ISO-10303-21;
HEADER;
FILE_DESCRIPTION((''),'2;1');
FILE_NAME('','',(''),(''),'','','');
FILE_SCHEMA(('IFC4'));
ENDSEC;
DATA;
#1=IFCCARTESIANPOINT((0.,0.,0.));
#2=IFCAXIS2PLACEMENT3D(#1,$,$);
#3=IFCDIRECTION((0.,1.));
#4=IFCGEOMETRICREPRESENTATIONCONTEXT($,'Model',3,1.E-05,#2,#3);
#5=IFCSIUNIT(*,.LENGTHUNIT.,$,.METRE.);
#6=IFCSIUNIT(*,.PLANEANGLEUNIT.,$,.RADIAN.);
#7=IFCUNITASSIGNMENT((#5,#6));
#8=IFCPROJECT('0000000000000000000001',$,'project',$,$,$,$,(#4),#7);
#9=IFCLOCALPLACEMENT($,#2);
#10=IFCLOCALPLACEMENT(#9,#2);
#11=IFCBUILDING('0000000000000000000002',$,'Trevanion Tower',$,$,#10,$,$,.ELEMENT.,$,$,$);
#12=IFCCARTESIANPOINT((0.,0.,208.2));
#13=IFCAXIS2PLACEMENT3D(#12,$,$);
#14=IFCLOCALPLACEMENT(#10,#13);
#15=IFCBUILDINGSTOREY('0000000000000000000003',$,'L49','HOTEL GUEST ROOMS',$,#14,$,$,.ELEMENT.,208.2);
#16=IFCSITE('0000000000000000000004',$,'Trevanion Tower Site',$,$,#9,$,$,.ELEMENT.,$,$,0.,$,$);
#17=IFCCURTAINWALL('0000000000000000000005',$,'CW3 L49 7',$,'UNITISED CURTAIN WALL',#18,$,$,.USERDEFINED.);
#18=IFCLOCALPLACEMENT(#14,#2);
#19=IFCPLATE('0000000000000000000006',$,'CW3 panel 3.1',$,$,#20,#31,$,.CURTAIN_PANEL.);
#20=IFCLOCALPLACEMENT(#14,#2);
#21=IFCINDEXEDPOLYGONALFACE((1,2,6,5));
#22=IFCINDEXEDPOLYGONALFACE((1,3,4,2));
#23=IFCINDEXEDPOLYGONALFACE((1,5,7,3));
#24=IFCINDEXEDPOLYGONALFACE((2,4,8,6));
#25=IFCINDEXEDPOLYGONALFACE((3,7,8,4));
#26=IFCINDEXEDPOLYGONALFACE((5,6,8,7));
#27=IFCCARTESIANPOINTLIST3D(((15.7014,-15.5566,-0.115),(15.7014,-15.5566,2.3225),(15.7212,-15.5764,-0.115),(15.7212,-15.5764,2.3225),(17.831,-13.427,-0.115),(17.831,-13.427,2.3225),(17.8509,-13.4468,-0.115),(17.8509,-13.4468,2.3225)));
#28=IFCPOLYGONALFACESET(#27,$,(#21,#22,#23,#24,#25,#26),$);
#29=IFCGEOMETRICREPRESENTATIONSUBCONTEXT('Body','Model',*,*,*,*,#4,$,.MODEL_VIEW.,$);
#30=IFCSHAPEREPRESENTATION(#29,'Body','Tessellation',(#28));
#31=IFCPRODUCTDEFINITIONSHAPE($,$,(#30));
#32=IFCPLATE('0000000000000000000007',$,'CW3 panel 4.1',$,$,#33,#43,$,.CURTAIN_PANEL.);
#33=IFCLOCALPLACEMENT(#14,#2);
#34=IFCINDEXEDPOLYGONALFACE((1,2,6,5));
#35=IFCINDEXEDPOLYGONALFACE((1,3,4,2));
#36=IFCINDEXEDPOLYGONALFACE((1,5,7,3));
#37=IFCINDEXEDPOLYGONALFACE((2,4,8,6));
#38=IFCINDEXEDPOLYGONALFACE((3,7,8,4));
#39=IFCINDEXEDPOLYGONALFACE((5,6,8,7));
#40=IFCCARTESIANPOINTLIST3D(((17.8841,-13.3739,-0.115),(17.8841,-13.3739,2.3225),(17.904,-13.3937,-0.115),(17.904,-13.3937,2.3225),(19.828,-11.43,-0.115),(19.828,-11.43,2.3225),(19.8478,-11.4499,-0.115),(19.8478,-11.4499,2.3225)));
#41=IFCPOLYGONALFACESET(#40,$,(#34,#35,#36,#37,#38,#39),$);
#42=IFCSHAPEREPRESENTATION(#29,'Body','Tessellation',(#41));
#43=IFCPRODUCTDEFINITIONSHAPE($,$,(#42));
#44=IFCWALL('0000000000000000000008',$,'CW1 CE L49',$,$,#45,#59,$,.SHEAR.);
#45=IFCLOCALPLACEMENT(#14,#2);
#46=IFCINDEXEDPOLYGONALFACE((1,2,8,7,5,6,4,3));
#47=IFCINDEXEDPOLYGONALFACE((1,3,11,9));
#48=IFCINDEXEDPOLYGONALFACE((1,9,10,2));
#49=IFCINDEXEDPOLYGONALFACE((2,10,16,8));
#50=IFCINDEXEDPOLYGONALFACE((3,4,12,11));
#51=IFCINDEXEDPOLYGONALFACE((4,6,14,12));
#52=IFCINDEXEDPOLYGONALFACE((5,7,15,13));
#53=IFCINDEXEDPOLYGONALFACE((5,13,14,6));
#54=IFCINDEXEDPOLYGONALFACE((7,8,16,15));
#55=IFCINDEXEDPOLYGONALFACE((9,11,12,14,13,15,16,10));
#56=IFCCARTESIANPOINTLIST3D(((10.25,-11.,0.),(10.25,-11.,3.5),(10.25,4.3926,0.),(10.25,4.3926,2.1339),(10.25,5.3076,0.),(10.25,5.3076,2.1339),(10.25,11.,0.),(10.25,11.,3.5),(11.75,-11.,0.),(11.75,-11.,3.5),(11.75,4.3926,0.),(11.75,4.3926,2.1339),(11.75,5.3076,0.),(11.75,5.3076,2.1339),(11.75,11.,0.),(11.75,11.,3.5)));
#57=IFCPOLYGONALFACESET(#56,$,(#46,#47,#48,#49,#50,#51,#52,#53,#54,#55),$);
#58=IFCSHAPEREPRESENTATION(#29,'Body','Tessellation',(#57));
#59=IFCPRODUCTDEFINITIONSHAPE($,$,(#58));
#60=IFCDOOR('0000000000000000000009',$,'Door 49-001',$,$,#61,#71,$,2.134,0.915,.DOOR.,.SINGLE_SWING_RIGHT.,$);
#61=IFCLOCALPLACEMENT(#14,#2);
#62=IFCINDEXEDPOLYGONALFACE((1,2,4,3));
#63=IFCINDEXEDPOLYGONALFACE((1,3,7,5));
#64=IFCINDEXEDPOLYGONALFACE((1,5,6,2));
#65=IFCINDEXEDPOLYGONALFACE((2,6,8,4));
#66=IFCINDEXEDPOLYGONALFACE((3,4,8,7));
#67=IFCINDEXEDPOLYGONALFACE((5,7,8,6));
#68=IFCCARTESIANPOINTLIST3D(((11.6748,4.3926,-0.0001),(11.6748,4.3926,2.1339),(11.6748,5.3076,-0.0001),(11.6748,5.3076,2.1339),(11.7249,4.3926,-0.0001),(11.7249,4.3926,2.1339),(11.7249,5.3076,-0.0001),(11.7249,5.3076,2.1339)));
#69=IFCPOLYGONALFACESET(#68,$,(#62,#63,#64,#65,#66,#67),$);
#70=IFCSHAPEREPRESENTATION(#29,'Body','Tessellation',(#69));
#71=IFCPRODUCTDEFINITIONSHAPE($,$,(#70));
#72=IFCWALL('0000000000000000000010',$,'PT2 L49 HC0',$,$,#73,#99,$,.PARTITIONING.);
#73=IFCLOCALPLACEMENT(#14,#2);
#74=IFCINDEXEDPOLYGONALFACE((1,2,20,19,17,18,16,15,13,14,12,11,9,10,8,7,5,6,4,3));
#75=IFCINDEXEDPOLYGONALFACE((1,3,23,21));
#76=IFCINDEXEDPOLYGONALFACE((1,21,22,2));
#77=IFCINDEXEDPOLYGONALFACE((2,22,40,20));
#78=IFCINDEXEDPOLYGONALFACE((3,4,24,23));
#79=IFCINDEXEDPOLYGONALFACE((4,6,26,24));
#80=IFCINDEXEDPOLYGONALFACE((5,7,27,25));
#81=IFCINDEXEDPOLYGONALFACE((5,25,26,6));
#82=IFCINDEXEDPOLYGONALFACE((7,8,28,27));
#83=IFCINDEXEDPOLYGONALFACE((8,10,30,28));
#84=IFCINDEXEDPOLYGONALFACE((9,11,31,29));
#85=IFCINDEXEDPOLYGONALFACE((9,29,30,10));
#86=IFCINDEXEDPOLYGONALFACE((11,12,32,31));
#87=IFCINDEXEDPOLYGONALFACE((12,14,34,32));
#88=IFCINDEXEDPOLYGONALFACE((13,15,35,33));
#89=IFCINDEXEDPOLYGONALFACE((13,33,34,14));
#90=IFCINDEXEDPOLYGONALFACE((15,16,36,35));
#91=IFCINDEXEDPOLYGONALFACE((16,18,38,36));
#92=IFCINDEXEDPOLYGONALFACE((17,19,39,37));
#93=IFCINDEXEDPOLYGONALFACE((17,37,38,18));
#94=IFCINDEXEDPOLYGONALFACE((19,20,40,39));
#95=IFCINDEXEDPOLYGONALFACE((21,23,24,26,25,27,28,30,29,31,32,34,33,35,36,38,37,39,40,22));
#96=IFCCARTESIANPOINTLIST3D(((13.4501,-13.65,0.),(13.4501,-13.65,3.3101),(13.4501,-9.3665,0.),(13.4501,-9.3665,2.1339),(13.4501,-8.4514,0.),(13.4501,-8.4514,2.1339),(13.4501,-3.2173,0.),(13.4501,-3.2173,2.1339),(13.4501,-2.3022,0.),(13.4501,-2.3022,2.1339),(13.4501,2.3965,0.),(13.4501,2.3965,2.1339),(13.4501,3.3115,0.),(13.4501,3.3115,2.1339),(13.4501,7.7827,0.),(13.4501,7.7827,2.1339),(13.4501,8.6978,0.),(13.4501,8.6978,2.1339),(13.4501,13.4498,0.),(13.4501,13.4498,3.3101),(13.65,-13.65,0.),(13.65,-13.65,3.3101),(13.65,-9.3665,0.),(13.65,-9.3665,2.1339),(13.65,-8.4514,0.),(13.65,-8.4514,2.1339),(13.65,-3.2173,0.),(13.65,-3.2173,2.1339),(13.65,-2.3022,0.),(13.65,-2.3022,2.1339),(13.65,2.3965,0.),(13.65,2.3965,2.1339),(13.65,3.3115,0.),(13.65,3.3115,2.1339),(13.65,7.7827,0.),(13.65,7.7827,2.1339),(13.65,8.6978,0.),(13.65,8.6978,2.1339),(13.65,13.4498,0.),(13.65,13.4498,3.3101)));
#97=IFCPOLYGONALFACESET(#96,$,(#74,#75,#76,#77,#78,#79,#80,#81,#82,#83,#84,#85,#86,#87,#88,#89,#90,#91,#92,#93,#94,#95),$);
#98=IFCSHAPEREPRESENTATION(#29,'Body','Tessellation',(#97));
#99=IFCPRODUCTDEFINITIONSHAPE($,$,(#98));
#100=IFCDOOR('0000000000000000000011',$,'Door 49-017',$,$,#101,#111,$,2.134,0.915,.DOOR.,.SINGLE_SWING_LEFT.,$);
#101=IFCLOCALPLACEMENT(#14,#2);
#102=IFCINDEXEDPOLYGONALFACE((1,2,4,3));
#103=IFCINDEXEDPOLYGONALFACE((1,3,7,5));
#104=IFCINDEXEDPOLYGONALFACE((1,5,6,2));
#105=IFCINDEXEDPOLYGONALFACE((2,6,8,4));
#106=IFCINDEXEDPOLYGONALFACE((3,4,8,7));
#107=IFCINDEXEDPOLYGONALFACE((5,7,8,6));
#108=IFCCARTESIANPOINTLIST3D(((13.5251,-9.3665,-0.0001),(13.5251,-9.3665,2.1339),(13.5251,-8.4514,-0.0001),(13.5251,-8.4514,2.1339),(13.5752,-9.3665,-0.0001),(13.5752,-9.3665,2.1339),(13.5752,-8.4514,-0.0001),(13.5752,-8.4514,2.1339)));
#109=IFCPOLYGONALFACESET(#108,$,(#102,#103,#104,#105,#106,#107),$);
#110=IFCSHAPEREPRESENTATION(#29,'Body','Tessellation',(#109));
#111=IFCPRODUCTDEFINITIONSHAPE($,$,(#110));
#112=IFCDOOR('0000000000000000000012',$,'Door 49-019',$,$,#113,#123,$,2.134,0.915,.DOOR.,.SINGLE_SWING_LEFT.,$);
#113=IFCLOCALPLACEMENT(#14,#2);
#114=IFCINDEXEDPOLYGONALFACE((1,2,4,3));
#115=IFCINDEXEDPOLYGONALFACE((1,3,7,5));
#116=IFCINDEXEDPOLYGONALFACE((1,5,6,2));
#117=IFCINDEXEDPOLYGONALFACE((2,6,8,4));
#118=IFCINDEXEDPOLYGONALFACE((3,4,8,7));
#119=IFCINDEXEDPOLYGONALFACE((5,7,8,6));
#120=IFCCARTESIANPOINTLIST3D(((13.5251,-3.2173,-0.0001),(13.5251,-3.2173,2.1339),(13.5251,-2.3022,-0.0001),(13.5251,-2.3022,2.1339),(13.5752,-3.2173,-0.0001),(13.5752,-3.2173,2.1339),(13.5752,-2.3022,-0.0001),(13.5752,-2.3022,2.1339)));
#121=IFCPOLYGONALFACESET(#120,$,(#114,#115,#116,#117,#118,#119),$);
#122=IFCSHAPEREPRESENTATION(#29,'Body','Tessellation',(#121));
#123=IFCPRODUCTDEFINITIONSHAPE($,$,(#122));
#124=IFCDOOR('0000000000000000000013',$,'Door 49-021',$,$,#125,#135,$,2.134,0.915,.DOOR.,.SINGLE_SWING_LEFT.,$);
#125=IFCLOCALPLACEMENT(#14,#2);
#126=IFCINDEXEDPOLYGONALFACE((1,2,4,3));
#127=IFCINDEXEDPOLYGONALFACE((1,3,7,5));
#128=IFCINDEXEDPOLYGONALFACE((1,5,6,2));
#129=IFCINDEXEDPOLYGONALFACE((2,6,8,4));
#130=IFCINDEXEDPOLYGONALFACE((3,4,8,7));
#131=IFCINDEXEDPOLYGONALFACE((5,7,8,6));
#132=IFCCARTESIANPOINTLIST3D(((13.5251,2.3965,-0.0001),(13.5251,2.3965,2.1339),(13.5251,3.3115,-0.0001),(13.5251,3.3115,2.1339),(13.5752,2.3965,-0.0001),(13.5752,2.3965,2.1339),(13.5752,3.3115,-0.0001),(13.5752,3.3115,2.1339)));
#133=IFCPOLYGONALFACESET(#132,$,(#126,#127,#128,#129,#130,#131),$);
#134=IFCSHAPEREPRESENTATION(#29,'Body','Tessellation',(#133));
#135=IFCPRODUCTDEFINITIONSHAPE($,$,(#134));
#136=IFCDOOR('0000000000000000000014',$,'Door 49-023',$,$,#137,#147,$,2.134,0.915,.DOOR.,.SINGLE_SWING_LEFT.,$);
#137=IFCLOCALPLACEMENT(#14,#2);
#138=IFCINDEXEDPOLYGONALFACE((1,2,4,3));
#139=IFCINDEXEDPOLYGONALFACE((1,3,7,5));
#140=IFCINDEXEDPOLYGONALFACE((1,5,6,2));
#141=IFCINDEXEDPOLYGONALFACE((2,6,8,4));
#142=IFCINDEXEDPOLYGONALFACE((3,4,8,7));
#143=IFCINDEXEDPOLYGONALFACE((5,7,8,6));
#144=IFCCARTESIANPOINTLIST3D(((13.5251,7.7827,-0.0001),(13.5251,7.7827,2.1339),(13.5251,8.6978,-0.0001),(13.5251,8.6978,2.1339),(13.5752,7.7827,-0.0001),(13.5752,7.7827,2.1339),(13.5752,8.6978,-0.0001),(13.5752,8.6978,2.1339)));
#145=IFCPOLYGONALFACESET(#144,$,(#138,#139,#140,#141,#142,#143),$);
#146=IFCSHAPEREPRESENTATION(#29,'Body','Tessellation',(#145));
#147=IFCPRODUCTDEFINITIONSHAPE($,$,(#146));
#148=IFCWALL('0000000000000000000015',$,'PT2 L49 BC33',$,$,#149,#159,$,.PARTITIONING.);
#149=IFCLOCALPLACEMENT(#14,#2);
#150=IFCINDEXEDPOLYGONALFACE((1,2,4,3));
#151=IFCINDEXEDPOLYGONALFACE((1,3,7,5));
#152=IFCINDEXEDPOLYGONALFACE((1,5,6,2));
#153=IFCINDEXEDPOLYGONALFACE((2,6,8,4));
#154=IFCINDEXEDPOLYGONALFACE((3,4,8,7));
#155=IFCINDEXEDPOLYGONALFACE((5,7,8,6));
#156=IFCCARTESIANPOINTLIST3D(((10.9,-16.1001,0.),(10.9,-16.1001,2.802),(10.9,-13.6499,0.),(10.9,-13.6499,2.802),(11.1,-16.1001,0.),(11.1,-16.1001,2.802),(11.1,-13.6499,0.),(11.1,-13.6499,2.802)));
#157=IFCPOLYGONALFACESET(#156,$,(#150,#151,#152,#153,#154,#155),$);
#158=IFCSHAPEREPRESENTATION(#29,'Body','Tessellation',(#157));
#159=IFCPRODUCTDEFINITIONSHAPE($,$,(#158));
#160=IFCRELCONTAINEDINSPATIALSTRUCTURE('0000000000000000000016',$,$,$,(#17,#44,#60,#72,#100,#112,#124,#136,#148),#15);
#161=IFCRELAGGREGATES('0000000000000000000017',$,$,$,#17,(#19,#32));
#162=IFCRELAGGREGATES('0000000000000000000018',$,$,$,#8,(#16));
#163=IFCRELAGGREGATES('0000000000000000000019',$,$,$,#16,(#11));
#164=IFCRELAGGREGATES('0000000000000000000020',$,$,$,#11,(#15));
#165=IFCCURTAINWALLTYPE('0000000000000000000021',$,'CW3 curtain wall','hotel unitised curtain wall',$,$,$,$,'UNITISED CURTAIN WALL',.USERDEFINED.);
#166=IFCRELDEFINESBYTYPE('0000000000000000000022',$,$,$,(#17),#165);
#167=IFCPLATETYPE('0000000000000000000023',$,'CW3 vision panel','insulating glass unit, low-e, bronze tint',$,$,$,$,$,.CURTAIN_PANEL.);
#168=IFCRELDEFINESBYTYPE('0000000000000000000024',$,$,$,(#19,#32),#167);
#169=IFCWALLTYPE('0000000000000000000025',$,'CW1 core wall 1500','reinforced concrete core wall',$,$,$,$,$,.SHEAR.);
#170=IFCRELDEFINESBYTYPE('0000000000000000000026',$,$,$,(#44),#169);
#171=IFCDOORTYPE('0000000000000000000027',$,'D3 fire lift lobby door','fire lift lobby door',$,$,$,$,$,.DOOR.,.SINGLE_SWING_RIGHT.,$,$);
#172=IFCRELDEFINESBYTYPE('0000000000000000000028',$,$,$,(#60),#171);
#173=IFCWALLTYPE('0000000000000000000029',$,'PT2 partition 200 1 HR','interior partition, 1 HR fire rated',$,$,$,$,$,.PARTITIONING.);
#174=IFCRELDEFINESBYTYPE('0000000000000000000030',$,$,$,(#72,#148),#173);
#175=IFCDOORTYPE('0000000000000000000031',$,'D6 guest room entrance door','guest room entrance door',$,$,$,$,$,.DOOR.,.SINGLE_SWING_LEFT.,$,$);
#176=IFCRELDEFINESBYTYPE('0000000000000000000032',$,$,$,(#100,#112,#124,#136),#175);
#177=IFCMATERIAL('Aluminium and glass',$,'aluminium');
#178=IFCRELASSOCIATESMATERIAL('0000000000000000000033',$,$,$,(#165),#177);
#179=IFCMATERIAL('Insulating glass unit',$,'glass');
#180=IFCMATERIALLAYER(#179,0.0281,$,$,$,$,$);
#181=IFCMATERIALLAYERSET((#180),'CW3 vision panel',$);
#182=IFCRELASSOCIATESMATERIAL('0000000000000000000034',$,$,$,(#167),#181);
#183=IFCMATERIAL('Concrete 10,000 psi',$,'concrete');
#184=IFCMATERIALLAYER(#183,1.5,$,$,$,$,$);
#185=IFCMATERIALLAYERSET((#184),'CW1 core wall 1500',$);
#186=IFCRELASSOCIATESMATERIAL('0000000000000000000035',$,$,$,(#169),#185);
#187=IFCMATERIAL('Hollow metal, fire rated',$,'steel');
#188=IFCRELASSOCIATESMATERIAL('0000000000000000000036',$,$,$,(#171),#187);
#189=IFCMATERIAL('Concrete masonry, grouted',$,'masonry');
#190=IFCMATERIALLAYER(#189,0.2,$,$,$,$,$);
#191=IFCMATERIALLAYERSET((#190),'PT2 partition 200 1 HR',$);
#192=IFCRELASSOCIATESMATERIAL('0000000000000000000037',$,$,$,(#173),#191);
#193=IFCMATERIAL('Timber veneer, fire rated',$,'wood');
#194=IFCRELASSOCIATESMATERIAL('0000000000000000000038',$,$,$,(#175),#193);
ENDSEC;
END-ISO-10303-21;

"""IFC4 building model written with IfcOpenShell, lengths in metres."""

from ifc_helpers import new_model, si_unit, direction, frame, frame_2d, origin, origin_2d, place, context, subcontext, project, spatial, rectangle, extrude, material, layer, layer_set, type_object, element, fill, aggregate, save


model = new_model("IFC4")

# Units and contexts
model_context = context("Model", 3, precision=1e-05, world=origin(), true_north=direction((0.0, 1.0)))
body_context = subcontext(model_context, "Body", "Model", "MODEL_VIEW")
ifc_project = project(units=[si_unit("LENGTHUNIT", "METRE"), si_unit("PLANEANGLEUNIT", "RADIAN")], contexts=[model_context])

# Site, building, storey
site_placement = place(None, origin())
site = spatial("IfcSite", under=ifc_project, at=site_placement, Name="Trevanion Tower Site", CompositionType="ELEMENT", RefElevation=0.0)
building_placement = place(site_placement, origin())
building = spatial("IfcBuilding", under=site, at=building_placement, Name="Trevanion Tower", CompositionType="ELEMENT")
storey_placement = place(building_placement, frame((0.0, 0.0, 208.2)))
storey = spatial("IfcBuildingStorey", under=building, at=storey_placement, Name="L49", Description="HOTEL GUEST ROOMS", CompositionType="ELEMENT", Elevation=208.2)

# Curtain wall
ifc_material_1 = material(Name="Aluminium and glass", Category="aluminium")
curtain_wall_type = type_object("IfcCurtainWallType", Name="CW3 curtain wall", Description="hotel unitised curtain wall", ElementType="UNITISED CURTAIN WALL", PredefinedType="USERDEFINED", material=ifc_material_1)
curtain_wall_placement = place(storey_placement, origin())
curtain_wall = element("IfcCurtainWall", 1, at=curtain_wall_placement, inside=storey, type_object=curtain_wall_type, Name="CW3 L49 7", ObjectType="UNITISED CURTAIN WALL", PredefinedType="USERDEFINED")

# Plates
ifc_material_2 = material(Name="Insulating glass unit", Category="glass")
ifc_layer_1 = layer(ifc_material_2, 0.0281)
ifc_layer_set_1 = layer_set([ifc_layer_1], Name="CW3 vision panel")
plate_type_1 = type_object("IfcPlateType", Name="CW3 vision panel", Description="insulating glass unit, low-e, bronze tint", PredefinedType="CURTAIN_PANEL", material=ifc_layer_set_1)
plate_1_placement = place(storey_placement, frame((16.7761, -14.5017, -0.115), z_axis=(0.0, 0.0, 1.0), x_axis=(0.707107, 0.707107, 0.0)))
plate_1 = element("IfcPlate", 2, at=plate_1_placement, type_object=plate_type_1, Name="CW3 panel 3.1", PredefinedType="CURTAIN_PANEL", context=body_context, shape_type="SweptSolid", body=[
    extrude(rectangle(XDim=3.0117, YDim=0.0281, at=origin_2d()), origin(), (0.0, 0.0, 1.0), 2.4375),
])
plate_2_placement = place(storey_placement, frame((18.866, -12.4119, -0.115), z_axis=(0.0, 0.0, 1.0), x_axis=(0.707107, 0.707107, 0.0)))
plate_2 = element("IfcPlate", 3, at=plate_2_placement, type_object=plate_type_1, Name="CW3 panel 4.1", PredefinedType="CURTAIN_PANEL", context=body_context, shape_type="SweptSolid", body=[
    extrude(rectangle(XDim=2.749, YDim=0.0281, at=origin_2d()), origin(), (0.0, 0.0, 1.0), 2.4375),
])
aggregate(curtain_wall, [plate_1, plate_2])

# Wall, opening, door
ifc_material_3 = material(Name="Concrete 10,000 psi", Category="concrete")
ifc_layer_2 = layer(ifc_material_3, 1.5)
ifc_layer_set_2 = layer_set([ifc_layer_2], Name="CW1 core wall 1500")
wall_type_1 = type_object("IfcWallType", Name="CW1 core wall 1500", Description="reinforced concrete core wall", PredefinedType="SHEAR", material=ifc_layer_set_2)
wall_1_placement = place(storey_placement, frame((11.0, -11.0, 0.0), z_axis=(0.0, 0.0, 1.0), x_axis=(0.0, 1.0, 0.0)))
wall_1 = element("IfcWall", 4, at=wall_1_placement, inside=storey, type_object=wall_type_1, Name="CW1 CE L49", PredefinedType="SHEAR", context=body_context, shape_type="SweptSolid", body=[
    extrude(rectangle(XDim=22.0, YDim=1.5, at=frame_2d((11.0, 0.0))), origin(), (0.0, 0.0, 1.0), 3.5),
])
opening_1_placement = place(wall_1_placement, frame((15.3926, 0.0, 0.0)))
opening_1 = element("IfcOpeningElement", 5, at=opening_1_placement, cuts=wall_1, PredefinedType="OPENING", context=body_context, shape_type="SweptSolid", body=[
    extrude(rectangle(XDim=0.915, YDim=2.134, at=frame_2d((0.4575, 1.0669))), frame((0.0, 0.76, 0.0), z_axis=(0.0, -1.0, 0.0), x_axis=(1.0, 0.0, 0.0)), (0.0, 0.0, 1.0), 1.52),
])
ifc_material_4 = material(Name="Hollow metal, fire rated", Category="steel")
door_type_1 = type_object("IfcDoorType", Name="D3 fire lift lobby door", Description="fire lift lobby door", OperationType="SINGLE_SWING_RIGHT", PredefinedType="DOOR", material=ifc_material_4)
door_1_placement = place(opening_1_placement, origin())
door_1 = element("IfcDoor", 6, at=door_1_placement, inside=storey, type_object=door_type_1, Name="Door 49-001", OperationType="SINGLE_SWING_RIGHT", OverallHeight=2.134, OverallWidth=0.915, PredefinedType="DOOR", context=body_context, shape_type="SweptSolid", body=[
    extrude(rectangle(XDim=0.915, YDim=2.134, at=frame_2d((0.4575, 1.0669))), frame((0.0, -0.6748, 0.0), z_axis=(0.0, -1.0, 0.0), x_axis=(1.0, 0.0, 0.0)), (0.0, 0.0, 1.0), 0.05),
])
fill(opening_1, door_1)

# Wall, openings, doors
ifc_material_5 = material(Name="Concrete masonry, grouted", Category="masonry")
ifc_layer_3 = layer(ifc_material_5, 0.2)
ifc_layer_set_3 = layer_set([ifc_layer_3], Name="PT2 partition 200 1 HR")
wall_type_2 = type_object("IfcWallType", Name="PT2 partition 200 1 HR", Description="interior partition, 1 HR fire rated", PredefinedType="PARTITIONING", material=ifc_layer_set_3)
wall_2_placement = place(storey_placement, frame((13.55, -13.6499, 0.0), z_axis=(0.0, 0.0, 1.0), x_axis=(0.0, 1.0, 0.0)))
wall_2 = element("IfcWall", 7, at=wall_2_placement, inside=storey, type_object=wall_type_2, Name="PT2 L49 HC0", PredefinedType="PARTITIONING", context=body_context, shape_type="SweptSolid", body=[
    extrude(rectangle(XDim=27.0999, YDim=0.2, at=frame_2d((13.5498, 0.0))), origin(), (0.0, 0.0, 1.0), 3.3101),
])
opening_2_placement = place(wall_2_placement, frame((4.2834, 0.0, 0.0)))
opening_2 = element("IfcOpeningElement", 8, at=opening_2_placement, cuts=wall_2, PredefinedType="OPENING", context=body_context, shape_type="SweptSolid", body=[
    extrude(rectangle(XDim=0.915, YDim=2.134, at=frame_2d((0.4575, 1.0669))), frame((0.0, 0.1099, 0.0), z_axis=(0.0, -1.0, 0.0), x_axis=(1.0, 0.0, 0.0)), (0.0, 0.0, 1.0), 0.22),
])
opening_3_placement = place(wall_2_placement, frame((10.4326, 0.0, 0.0)))
opening_3 = element("IfcOpeningElement", 9, at=opening_3_placement, cuts=wall_2, PredefinedType="OPENING", context=body_context, shape_type="SweptSolid", body=[
    extrude(rectangle(XDim=0.915, YDim=2.134, at=frame_2d((0.4575, 1.0669))), frame((0.0, 0.1099, 0.0), z_axis=(0.0, -1.0, 0.0), x_axis=(1.0, 0.0, 0.0)), (0.0, 0.0, 1.0), 0.22),
])
opening_4_placement = place(wall_2_placement, frame((16.0464, 0.0, 0.0)))
opening_4 = element("IfcOpeningElement", 10, at=opening_4_placement, cuts=wall_2, PredefinedType="OPENING", context=body_context, shape_type="SweptSolid", body=[
    extrude(rectangle(XDim=0.915, YDim=2.134, at=frame_2d((0.4575, 1.0669))), frame((0.0, 0.1099, 0.0), z_axis=(0.0, -1.0, 0.0), x_axis=(1.0, 0.0, 0.0)), (0.0, 0.0, 1.0), 0.22),
])
opening_5_placement = place(wall_2_placement, frame((21.4326, 0.0, 0.0)))
opening_5 = element("IfcOpeningElement", 11, at=opening_5_placement, cuts=wall_2, PredefinedType="OPENING", context=body_context, shape_type="SweptSolid", body=[
    extrude(rectangle(XDim=0.915, YDim=2.134, at=frame_2d((0.4575, 1.0669))), frame((0.0, 0.1099, 0.0), z_axis=(0.0, -1.0, 0.0), x_axis=(1.0, 0.0, 0.0)), (0.0, 0.0, 1.0), 0.22),
])
ifc_material_6 = material(Name="Timber veneer, fire rated", Category="wood")
door_type_2 = type_object("IfcDoorType", Name="D6 guest room entrance door", Description="guest room entrance door", OperationType="SINGLE_SWING_LEFT", PredefinedType="DOOR", material=ifc_material_6)
door_2_placement = place(opening_2_placement, origin())
door_2 = element("IfcDoor", 12, at=door_2_placement, inside=storey, type_object=door_type_2, Name="Door 49-017", OperationType="SINGLE_SWING_LEFT", OverallHeight=2.134, OverallWidth=0.915, PredefinedType="DOOR", context=body_context, shape_type="SweptSolid", body=[
    extrude(rectangle(XDim=0.915, YDim=2.134, at=frame_2d((0.4575, 1.0669))), frame((0.0, 0.0249, 0.0), z_axis=(0.0, -1.0, 0.0), x_axis=(1.0, 0.0, 0.0)), (0.0, 0.0, 1.0), 0.05),
])
fill(opening_2, door_2)
door_3_placement = place(opening_3_placement, origin())
door_3 = element("IfcDoor", 13, at=door_3_placement, inside=storey, type_object=door_type_2, Name="Door 49-019", OperationType="SINGLE_SWING_LEFT", OverallHeight=2.134, OverallWidth=0.915, PredefinedType="DOOR", context=body_context, shape_type="SweptSolid", body=[
    extrude(rectangle(XDim=0.915, YDim=2.134, at=frame_2d((0.4575, 1.0669))), frame((0.0, 0.0249, 0.0), z_axis=(0.0, -1.0, 0.0), x_axis=(1.0, 0.0, 0.0)), (0.0, 0.0, 1.0), 0.05),
])
fill(opening_3, door_3)
door_4_placement = place(opening_4_placement, origin())
door_4 = element("IfcDoor", 14, at=door_4_placement, inside=storey, type_object=door_type_2, Name="Door 49-021", OperationType="SINGLE_SWING_LEFT", OverallHeight=2.134, OverallWidth=0.915, PredefinedType="DOOR", context=body_context, shape_type="SweptSolid", body=[
    extrude(rectangle(XDim=0.915, YDim=2.134, at=frame_2d((0.4575, 1.0669))), frame((0.0, 0.0249, 0.0), z_axis=(0.0, -1.0, 0.0), x_axis=(1.0, 0.0, 0.0)), (0.0, 0.0, 1.0), 0.05),
])
fill(opening_4, door_4)
door_5_placement = place(opening_5_placement, origin())
door_5 = element("IfcDoor", 15, at=door_5_placement, inside=storey, type_object=door_type_2, Name="Door 49-023", OperationType="SINGLE_SWING_LEFT", OverallHeight=2.134, OverallWidth=0.915, PredefinedType="DOOR", context=body_context, shape_type="SweptSolid", body=[
    extrude(rectangle(XDim=0.915, YDim=2.134, at=frame_2d((0.4575, 1.0669))), frame((0.0, 0.0249, 0.0), z_axis=(0.0, -1.0, 0.0), x_axis=(1.0, 0.0, 0.0)), (0.0, 0.0, 1.0), 0.05),
])
fill(opening_5, door_5)

# Wall
wall_3_placement = place(storey_placement, frame((11.0, -13.6499, 0.0), z_axis=(0.0, 0.0, 1.0), x_axis=(0.0, -1.0, 0.0)))
element("IfcWall", 16, at=wall_3_placement, inside=storey, type_object=wall_type_2, Name="PT2 L49 BC33", PredefinedType="PARTITIONING", context=body_context, shape_type="SweptSolid", body=[
    extrude(rectangle(XDim=2.4502, YDim=0.2, at=frame_2d((1.2251, 0.0))), origin(), (0.0, 0.0, 1.0), 2.802),
])

save(model, "model.ifc")
